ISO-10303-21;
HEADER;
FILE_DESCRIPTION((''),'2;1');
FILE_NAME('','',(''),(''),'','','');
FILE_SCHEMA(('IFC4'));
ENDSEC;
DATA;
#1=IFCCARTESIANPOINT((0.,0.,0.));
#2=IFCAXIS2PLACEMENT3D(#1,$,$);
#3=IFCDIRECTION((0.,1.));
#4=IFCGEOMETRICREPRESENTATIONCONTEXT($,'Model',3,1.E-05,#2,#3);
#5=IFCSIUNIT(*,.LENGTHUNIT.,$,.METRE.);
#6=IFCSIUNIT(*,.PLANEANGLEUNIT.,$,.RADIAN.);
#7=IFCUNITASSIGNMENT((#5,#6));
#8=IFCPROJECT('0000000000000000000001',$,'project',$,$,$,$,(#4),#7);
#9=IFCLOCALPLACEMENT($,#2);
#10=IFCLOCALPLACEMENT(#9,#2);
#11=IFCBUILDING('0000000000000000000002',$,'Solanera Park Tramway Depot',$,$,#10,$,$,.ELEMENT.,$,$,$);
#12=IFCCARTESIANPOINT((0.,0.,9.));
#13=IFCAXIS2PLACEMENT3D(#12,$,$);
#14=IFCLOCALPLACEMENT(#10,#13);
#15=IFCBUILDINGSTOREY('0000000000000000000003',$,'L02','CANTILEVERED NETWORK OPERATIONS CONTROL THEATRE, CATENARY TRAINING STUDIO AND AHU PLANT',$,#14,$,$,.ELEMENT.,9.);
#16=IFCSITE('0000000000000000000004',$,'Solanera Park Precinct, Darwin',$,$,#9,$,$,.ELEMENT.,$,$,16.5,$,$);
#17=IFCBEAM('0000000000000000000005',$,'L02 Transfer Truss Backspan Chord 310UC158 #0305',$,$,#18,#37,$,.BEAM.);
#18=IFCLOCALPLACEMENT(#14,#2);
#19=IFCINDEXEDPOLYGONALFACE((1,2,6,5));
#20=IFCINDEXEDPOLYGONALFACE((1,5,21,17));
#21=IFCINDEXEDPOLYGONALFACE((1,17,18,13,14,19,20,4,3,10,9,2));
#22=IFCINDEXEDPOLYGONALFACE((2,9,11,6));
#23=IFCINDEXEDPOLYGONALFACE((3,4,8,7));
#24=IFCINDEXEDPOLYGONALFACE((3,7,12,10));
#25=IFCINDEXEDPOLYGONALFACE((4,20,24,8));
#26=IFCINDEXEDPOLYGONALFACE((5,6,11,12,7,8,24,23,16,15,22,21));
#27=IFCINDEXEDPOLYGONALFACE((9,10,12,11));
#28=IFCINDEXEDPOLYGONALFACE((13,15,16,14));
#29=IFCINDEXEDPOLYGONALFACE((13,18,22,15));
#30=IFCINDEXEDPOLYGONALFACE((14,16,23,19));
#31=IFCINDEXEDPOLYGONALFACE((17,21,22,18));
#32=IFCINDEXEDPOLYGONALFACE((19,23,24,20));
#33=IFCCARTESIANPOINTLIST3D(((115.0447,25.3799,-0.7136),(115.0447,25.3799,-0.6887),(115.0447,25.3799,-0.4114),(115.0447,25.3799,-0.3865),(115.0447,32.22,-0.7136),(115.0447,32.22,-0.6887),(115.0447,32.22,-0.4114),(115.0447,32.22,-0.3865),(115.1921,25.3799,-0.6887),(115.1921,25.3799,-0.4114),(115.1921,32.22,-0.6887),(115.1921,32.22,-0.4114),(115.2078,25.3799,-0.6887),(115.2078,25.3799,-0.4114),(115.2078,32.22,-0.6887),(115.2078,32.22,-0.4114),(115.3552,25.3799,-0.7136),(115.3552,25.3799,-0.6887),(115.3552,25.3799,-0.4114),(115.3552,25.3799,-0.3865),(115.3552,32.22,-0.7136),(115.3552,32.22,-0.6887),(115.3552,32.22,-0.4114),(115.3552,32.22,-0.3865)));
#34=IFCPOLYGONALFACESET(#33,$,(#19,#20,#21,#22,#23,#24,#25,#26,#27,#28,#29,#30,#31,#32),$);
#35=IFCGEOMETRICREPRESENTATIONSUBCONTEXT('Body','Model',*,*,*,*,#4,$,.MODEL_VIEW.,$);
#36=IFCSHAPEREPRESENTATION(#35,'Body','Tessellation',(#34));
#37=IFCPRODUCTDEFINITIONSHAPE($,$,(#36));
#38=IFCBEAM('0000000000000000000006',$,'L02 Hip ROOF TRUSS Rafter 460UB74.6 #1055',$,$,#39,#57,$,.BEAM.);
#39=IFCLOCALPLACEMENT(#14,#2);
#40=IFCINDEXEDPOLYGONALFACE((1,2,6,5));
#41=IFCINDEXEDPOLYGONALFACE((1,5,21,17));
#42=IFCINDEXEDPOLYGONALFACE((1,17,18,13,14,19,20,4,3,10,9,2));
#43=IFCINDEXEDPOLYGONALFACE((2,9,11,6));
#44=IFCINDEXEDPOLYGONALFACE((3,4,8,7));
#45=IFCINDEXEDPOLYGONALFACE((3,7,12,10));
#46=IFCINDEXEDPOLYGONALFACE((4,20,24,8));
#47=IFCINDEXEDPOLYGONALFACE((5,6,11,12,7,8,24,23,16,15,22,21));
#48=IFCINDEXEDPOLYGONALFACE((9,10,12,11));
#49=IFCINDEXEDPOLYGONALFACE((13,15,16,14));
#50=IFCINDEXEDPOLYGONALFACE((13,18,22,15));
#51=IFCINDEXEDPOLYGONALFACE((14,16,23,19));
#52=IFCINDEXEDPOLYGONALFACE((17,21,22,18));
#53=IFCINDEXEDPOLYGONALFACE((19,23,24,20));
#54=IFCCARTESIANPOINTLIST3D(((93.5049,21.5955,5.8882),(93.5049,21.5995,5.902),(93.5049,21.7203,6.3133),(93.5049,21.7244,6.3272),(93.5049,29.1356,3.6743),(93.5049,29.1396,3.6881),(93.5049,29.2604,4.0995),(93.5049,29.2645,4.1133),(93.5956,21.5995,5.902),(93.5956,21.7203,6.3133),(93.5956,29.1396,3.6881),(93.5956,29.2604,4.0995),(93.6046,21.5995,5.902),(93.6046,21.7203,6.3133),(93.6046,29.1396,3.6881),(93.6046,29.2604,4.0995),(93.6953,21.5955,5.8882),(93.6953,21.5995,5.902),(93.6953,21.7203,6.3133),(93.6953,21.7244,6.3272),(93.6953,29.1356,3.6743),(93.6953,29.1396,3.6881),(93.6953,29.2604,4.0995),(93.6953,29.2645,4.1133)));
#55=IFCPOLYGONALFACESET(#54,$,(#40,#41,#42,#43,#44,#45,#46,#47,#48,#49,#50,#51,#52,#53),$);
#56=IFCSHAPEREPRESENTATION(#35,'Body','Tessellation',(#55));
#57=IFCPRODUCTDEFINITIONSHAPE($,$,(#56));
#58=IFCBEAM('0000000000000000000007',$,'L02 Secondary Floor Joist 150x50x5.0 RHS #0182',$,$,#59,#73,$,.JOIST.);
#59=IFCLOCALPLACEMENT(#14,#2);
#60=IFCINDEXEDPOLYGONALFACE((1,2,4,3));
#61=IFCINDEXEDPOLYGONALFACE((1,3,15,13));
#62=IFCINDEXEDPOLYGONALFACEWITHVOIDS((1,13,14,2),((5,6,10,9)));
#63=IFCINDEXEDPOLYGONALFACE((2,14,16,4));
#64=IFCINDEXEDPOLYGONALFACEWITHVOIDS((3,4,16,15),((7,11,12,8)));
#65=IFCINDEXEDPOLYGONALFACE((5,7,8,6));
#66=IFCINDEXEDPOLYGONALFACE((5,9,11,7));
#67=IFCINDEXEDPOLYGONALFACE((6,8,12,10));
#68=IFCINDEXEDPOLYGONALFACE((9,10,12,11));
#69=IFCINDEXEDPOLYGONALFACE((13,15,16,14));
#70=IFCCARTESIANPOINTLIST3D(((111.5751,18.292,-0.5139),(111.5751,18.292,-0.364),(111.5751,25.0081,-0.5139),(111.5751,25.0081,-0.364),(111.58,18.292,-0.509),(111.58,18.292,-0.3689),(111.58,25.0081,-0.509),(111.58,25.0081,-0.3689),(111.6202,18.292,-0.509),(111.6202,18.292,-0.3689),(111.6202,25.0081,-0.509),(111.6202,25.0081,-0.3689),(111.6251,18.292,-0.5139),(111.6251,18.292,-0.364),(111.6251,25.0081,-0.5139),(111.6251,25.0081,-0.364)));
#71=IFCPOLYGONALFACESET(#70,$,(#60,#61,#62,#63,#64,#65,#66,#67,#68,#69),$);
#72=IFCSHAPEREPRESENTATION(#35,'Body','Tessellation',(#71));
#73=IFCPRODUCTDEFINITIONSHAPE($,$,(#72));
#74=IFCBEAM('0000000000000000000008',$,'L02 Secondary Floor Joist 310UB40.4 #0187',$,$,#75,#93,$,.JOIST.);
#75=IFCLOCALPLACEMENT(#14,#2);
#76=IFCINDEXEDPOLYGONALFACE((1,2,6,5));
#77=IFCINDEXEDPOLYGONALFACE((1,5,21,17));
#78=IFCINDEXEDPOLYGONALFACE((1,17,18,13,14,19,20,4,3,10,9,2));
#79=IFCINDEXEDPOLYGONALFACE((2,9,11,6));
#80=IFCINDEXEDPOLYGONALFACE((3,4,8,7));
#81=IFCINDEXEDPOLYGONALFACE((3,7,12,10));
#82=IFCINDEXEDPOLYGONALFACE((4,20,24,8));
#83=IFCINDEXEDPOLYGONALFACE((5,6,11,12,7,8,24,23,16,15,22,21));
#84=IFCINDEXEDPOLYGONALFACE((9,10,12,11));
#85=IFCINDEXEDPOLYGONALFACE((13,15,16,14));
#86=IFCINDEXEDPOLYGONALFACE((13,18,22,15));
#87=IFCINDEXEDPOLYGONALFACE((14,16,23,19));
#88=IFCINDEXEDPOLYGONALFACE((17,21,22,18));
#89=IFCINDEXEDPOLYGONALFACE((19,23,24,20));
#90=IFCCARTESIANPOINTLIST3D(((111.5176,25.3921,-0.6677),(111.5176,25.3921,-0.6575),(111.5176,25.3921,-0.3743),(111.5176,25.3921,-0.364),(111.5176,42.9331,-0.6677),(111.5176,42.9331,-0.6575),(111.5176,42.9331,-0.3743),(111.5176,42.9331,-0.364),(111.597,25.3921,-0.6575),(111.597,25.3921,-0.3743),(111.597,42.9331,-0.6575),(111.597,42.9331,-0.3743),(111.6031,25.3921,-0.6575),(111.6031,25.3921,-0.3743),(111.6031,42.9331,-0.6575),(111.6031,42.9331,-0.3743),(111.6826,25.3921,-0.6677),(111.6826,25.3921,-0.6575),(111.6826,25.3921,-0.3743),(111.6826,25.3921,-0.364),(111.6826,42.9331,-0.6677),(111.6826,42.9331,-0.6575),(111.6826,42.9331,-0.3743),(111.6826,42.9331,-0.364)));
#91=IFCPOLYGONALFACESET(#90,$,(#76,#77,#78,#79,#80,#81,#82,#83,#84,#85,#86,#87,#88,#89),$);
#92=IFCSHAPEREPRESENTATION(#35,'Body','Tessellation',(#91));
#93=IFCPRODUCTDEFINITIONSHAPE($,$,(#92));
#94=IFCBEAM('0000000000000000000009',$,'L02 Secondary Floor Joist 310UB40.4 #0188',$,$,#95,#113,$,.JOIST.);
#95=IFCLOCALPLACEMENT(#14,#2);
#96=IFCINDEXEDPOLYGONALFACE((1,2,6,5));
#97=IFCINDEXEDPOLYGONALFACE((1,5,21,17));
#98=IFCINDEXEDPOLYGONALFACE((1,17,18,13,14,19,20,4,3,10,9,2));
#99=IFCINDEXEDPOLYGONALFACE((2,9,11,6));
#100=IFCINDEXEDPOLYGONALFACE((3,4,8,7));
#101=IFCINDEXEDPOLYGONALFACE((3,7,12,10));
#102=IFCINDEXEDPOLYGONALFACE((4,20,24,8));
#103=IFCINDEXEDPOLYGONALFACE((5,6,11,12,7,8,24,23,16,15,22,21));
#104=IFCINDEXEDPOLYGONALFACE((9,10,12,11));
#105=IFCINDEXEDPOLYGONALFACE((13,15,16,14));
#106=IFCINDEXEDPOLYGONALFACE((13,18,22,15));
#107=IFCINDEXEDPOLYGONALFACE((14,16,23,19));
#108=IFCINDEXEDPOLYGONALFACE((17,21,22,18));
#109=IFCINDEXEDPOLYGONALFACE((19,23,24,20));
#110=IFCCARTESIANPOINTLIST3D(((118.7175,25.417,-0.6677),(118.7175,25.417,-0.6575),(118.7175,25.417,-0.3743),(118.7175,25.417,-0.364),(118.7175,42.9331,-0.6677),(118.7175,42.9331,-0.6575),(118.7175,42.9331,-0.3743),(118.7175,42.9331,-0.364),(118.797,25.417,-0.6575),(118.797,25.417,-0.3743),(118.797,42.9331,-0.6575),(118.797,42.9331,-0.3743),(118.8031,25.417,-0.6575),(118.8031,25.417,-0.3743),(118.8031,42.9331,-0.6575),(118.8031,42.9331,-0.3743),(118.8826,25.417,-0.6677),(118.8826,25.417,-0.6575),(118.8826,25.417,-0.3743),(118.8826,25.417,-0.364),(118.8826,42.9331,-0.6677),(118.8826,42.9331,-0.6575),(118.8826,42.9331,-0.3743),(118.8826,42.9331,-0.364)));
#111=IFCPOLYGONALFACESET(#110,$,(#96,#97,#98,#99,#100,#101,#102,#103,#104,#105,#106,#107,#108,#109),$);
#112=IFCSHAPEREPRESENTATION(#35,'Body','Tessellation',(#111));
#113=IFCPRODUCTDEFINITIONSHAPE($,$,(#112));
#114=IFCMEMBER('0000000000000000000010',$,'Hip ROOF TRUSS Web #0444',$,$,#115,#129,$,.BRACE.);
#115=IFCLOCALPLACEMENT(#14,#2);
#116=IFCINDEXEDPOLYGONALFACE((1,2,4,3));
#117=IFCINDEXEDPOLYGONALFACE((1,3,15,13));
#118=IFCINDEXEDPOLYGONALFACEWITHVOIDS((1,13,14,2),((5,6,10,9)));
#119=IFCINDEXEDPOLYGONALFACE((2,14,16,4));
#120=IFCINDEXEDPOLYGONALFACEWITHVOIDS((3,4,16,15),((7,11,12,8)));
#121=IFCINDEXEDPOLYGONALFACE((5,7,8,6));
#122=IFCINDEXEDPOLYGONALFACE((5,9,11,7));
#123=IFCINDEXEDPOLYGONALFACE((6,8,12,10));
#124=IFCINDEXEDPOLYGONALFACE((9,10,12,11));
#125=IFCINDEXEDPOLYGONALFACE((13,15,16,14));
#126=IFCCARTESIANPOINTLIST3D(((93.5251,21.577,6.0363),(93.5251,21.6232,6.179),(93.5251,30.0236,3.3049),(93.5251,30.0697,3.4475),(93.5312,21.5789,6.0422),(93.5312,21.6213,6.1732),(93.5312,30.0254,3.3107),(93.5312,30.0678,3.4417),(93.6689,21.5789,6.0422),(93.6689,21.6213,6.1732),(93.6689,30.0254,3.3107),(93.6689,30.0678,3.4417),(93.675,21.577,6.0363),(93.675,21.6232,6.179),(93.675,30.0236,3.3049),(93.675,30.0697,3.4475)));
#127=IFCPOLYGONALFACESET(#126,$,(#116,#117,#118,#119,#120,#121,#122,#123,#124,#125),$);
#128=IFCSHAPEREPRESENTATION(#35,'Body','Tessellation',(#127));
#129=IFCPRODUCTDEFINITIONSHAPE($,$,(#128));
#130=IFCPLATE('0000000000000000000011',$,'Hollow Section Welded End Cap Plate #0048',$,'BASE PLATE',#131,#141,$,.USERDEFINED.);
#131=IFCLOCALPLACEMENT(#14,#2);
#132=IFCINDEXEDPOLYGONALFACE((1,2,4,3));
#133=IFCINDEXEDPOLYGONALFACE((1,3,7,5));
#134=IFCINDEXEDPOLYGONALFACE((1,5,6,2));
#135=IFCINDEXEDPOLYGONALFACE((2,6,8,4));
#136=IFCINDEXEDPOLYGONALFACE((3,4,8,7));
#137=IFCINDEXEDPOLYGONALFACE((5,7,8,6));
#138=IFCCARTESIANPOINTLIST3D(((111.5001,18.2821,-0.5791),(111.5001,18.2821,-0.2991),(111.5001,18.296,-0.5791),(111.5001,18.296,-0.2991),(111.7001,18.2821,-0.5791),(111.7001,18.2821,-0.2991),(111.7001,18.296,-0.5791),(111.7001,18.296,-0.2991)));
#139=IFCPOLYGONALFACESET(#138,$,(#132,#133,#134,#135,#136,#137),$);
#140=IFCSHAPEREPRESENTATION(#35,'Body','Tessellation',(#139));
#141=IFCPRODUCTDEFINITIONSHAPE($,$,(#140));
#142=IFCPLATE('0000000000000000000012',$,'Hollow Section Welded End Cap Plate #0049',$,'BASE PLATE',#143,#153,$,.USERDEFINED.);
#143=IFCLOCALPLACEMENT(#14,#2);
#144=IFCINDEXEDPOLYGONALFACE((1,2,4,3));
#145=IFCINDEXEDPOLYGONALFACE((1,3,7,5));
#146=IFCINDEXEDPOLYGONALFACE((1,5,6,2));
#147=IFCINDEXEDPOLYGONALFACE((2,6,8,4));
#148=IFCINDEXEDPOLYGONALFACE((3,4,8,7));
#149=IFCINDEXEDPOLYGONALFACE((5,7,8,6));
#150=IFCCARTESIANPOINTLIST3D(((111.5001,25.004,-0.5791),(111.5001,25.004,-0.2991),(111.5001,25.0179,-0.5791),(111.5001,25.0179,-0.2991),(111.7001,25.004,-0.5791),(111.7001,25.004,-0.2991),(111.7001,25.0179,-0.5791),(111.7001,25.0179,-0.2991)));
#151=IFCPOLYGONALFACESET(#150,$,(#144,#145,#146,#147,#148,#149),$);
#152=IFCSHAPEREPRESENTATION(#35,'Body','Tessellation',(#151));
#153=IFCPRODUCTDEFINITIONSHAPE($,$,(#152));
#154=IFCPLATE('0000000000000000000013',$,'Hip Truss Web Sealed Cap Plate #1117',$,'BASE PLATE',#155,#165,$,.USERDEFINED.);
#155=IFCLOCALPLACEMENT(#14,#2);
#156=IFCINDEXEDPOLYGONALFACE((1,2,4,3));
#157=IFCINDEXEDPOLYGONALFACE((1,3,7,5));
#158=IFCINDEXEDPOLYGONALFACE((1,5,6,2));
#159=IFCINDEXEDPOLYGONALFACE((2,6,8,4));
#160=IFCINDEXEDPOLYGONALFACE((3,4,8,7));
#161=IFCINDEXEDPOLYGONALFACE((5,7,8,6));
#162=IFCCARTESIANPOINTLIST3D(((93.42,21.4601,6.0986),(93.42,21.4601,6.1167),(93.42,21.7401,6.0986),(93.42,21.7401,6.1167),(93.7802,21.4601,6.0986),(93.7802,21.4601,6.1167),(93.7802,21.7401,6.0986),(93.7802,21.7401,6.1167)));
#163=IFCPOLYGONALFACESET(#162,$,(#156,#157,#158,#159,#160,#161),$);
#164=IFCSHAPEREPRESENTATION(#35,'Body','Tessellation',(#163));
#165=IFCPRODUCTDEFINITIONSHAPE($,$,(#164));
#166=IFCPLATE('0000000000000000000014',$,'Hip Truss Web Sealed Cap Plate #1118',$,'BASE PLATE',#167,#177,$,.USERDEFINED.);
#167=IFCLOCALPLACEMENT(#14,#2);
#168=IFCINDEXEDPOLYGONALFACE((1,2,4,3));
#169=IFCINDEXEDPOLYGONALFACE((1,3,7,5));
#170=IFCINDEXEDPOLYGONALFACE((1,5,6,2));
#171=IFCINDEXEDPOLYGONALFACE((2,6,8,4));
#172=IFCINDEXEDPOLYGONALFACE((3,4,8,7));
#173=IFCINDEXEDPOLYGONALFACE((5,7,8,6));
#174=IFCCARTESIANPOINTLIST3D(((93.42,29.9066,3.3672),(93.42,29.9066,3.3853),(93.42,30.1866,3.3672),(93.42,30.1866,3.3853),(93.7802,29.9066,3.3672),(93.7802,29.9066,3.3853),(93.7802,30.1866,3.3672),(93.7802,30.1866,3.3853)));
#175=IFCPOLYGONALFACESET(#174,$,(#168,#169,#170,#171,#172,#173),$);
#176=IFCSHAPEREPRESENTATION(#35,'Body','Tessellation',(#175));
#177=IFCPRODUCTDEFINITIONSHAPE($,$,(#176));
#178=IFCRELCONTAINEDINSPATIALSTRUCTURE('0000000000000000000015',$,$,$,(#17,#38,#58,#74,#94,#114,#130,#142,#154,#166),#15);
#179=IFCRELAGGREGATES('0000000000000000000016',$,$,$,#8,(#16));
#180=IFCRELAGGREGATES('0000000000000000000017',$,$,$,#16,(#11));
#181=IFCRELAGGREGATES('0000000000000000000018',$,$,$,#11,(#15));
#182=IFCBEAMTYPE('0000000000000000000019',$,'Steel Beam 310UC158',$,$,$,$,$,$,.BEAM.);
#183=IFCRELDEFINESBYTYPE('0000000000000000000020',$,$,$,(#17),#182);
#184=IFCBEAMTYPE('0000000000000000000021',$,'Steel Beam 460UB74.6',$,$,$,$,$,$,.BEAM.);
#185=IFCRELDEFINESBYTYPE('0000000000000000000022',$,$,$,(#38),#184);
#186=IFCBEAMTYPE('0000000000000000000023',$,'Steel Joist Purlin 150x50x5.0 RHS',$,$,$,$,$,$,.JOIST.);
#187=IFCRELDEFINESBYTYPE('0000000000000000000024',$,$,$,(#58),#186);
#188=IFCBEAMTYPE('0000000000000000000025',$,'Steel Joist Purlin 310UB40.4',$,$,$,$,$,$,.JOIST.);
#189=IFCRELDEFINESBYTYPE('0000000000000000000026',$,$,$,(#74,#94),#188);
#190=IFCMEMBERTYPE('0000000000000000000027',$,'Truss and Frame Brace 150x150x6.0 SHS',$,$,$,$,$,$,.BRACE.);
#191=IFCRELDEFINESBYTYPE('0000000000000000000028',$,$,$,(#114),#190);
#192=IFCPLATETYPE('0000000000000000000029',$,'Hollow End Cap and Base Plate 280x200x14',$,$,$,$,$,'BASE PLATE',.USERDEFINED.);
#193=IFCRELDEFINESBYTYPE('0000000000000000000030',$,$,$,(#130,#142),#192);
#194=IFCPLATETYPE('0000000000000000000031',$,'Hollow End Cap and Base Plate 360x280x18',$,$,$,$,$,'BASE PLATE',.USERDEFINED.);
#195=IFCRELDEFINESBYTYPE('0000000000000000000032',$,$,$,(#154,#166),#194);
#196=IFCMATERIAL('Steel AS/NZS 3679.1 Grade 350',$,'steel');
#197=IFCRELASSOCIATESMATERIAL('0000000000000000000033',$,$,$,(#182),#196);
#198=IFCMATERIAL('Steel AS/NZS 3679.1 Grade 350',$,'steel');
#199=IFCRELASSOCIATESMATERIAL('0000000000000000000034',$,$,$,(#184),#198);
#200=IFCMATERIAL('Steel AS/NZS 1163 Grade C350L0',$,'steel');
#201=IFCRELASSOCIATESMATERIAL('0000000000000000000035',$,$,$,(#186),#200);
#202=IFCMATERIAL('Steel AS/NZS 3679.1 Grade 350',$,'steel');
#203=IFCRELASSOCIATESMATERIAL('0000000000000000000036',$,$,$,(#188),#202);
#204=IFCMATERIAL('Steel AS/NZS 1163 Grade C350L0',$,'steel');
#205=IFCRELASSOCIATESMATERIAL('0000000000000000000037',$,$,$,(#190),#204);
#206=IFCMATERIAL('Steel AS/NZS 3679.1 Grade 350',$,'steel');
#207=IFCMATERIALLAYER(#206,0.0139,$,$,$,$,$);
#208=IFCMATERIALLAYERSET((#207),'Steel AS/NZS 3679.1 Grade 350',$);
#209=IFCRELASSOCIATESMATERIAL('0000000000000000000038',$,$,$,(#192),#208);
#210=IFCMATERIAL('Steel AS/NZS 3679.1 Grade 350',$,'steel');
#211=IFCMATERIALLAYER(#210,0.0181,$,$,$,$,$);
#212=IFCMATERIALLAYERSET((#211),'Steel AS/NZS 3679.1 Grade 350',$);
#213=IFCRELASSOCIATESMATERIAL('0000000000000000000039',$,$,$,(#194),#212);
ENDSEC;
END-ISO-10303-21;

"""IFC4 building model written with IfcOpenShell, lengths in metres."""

from ifc_helpers import new_model, si_unit, direction, frame, origin, origin_2d, place, context, subcontext, project, spatial, rectangle, hollow_rectangle, i_section, extrude, material, layer, layer_set, material_profile, profile_set, type_object, element, save


model = new_model("IFC4")

# Units and contexts
model_context = context("Model", 3, precision=1e-05, world=origin(), true_north=direction((0.0, 1.0)))
body_context = subcontext(model_context, "Body", "Model", "MODEL_VIEW")
ifc_project = project(units=[si_unit("LENGTHUNIT", "METRE"), si_unit("PLANEANGLEUNIT", "RADIAN")], contexts=[model_context])

# Site, building, storey
site_placement = place(None, origin())
site = spatial("IfcSite", under=ifc_project, at=site_placement, Name="Solanera Park Precinct, Darwin", CompositionType="ELEMENT", RefElevation=16.5)
building_placement = place(site_placement, origin())
building = spatial("IfcBuilding", under=site, at=building_placement, Name="Solanera Park Tramway Depot", CompositionType="ELEMENT")
storey_placement = place(building_placement, frame((0.0, 0.0, 9.0)))
storey = spatial("IfcBuildingStorey", under=building, at=storey_placement, Name="L02", Description="CANTILEVERED NETWORK OPERATIONS CONTROL THEATRE, CATENARY TRAINING STUDIO AND AHU PLANT", CompositionType="ELEMENT", Elevation=9.0)

# Beams
ifc_material_1 = material(Name="Steel AS/NZS 3679.1 Grade 350", Category="steel")
ifc_material_profile_1 = material_profile(ifc_material_1, i_section(OverallWidth=0.3105, OverallDepth=0.3271, WebThickness=0.0156, FlangeThickness=0.0249, at=origin_2d()), Name="310UC158")
ifc_profile_set_1 = profile_set([ifc_material_profile_1], Name="Steel AS/NZS 3679.1 Grade 350")
beam_type_1 = type_object("IfcBeamType", Name="Steel Beam 310UC158", PredefinedType="BEAM", material=ifc_profile_set_1)
beam_1_placement = place(storey_placement, frame((115.2, 25.3799, -0.55), z_axis=(0.0, 1.0, 0.0), x_axis=(-1.0, 0.0, 0.0)))
element("IfcBeam", 1, at=beam_1_placement, inside=storey, type_object=beam_type_1, Name="L02 Transfer Truss Backspan Chord 310UC158 #0305", PredefinedType="BEAM", context=body_context, shape_type="SweptSolid", body=[
    extrude(i_section(OverallWidth=0.3105, OverallDepth=0.3271, WebThickness=0.0156, FlangeThickness=0.0249, at=origin_2d()), origin(), (0.0, 0.0, 1.0), 6.8401),
])
ifc_material_2 = material(Name="Steel AS/NZS 3679.1 Grade 350", Category="steel")
ifc_material_profile_2 = material_profile(ifc_material_2, i_section(OverallWidth=0.1904, OverallDepth=0.4575, WebThickness=0.009, FlangeThickness=0.0144, at=origin_2d()), Name="460UB74.6")
ifc_profile_set_2 = profile_set([ifc_material_profile_2], Name="Steel AS/NZS 3679.1 Grade 350")
beam_type_2 = type_object("IfcBeamType", Name="Steel Beam 460UB74.6", PredefinedType="BEAM", material=ifc_profile_set_2)
beam_2_placement = place(storey_placement, frame((93.6001, 21.6599, 6.1077), z_axis=(0.0, 0.959496, -0.281722), x_axis=(-1.0, 0.0, 0.0)))
element("IfcBeam", 2, at=beam_2_placement, inside=storey, type_object=beam_type_2, Name="L02 Hip ROOF TRUSS Rafter 460UB74.6 #1055", PredefinedType="BEAM", context=body_context, shape_type="SweptSolid", body=[
    extrude(i_section(OverallWidth=0.1904, OverallDepth=0.4575, WebThickness=0.009, FlangeThickness=0.0144, at=origin_2d()), origin(), (0.0, 0.0, 1.0), 7.8584),
])
ifc_material_3 = material(Name="Steel AS/NZS 1163 Grade C350L0", Category="steel")
ifc_material_profile_3 = material_profile(ifc_material_3, hollow_rectangle(XDim=0.05, YDim=0.1499, WallThickness=0.0049, at=origin_2d()), Name="150x50x5.0 RHS")
ifc_profile_set_3 = profile_set([ifc_material_profile_3], Name="Steel AS/NZS 1163 Grade C350L0")
beam_type_3 = type_object("IfcBeamType", Name="Steel Joist Purlin 150x50x5.0 RHS", PredefinedType="JOIST", material=ifc_profile_set_3)
beam_3_placement = place(storey_placement, frame((111.6001, 18.292, -0.439), z_axis=(0.0, 1.0, 0.0), x_axis=(-1.0, 0.0, 0.0)))
element("IfcBeam", 3, at=beam_3_placement, inside=storey, type_object=beam_type_3, Name="L02 Secondary Floor Joist 150x50x5.0 RHS #0182", PredefinedType="JOIST", context=body_context, shape_type="SweptSolid", body=[
    extrude(hollow_rectangle(XDim=0.05, YDim=0.1499, WallThickness=0.0049, at=origin_2d()), origin(), (0.0, 0.0, 1.0), 6.7161),
])
ifc_material_4 = material(Name="Steel AS/NZS 3679.1 Grade 350", Category="steel")
ifc_material_profile_4 = material_profile(ifc_material_4, i_section(OverallWidth=0.165, OverallDepth=0.3037, WebThickness=0.0061, FlangeThickness=0.0103, at=origin_2d()), Name="310UB40.4")
ifc_profile_set_4 = profile_set([ifc_material_profile_4], Name="Steel AS/NZS 3679.1 Grade 350")
beam_type_4 = type_object("IfcBeamType", Name="Steel Joist Purlin 310UB40.4", PredefinedType="JOIST", material=ifc_profile_set_4)
beam_4_placement = place(storey_placement, frame((111.6001, 25.3921, -0.5159), z_axis=(0.0, 1.0, 0.0), x_axis=(-1.0, 0.0, 0.0)))
element("IfcBeam", 4, at=beam_4_placement, inside=storey, type_object=beam_type_4, Name="L02 Secondary Floor Joist 310UB40.4 #0187", PredefinedType="JOIST", context=body_context, shape_type="SweptSolid", body=[
    extrude(i_section(OverallWidth=0.165, OverallDepth=0.3037, WebThickness=0.0061, FlangeThickness=0.0103, at=origin_2d()), origin(), (0.0, 0.0, 1.0), 17.541),
])
beam_5_placement = place(storey_placement, frame((118.8, 25.417, -0.5159), z_axis=(0.0, 1.0, 0.0), x_axis=(-1.0, 0.0, 0.0)))
element("IfcBeam", 5, at=beam_5_placement, inside=storey, type_object=beam_type_4, Name="L02 Secondary Floor Joist 310UB40.4 #0188", PredefinedType="JOIST", context=body_context, shape_type="SweptSolid", body=[
    extrude(i_section(OverallWidth=0.165, OverallDepth=0.3037, WebThickness=0.0061, FlangeThickness=0.0103, at=origin_2d()), origin(), (0.0, 0.0, 1.0), 17.5161),
])

# Member
ifc_material_5 = material(Name="Steel AS/NZS 1163 Grade C350L0", Category="steel")
ifc_material_profile_5 = material_profile(ifc_material_5, hollow_rectangle(XDim=0.1499, YDim=0.1499, WallThickness=0.0061, at=origin_2d()), Name="150x150x6.0 SHS")
ifc_profile_set_5 = profile_set([ifc_material_profile_5], Name="Steel AS/NZS 1163 Grade C350L0")
member_type_1 = type_object("IfcMemberType", Name="Truss and Frame Brace 150x150x6.0 SHS", PredefinedType="BRACE", material=ifc_profile_set_5)
member_1_placement = place(storey_placement, frame((93.6001, 30.0466, 3.3762), z_axis=(0.0, -0.951486, 0.307692), x_axis=(1.0, 0.0, 0.0)))
element("IfcMember", 6, at=member_1_placement, inside=storey, type_object=member_type_1, Name="Hip ROOF TRUSS Web #0444", PredefinedType="BRACE", context=body_context, shape_type="SweptSolid", body=[
    extrude(hollow_rectangle(XDim=0.1499, YDim=0.1499, WallThickness=0.0061, at=origin_2d()), origin(), (0.0, 0.0, 1.0), 8.8772),
])

# Plates
ifc_material_6 = material(Name="Steel AS/NZS 3679.1 Grade 350", Category="steel")
ifc_layer_1 = layer(ifc_material_6, 0.0139)
ifc_layer_set_1 = layer_set([ifc_layer_1], Name="Steel AS/NZS 3679.1 Grade 350")
plate_type_1 = type_object("IfcPlateType", Name="Hollow End Cap and Base Plate 280x200x14", ElementType="BASE PLATE", PredefinedType="USERDEFINED", material=ifc_layer_set_1)
for number, where, z_axis, x_axis, name in (
    (7, (111.6001, 18.2891, -0.5791), (0.0, 0.0, 1.0), (0.0, 1.0, 0.0), "Hollow Section Welded End Cap Plate #0048"),
    (8, (111.6001, 25.011, -0.5791), (0.0, 0.0, 1.0), (0.0, 1.0, 0.0), "Hollow Section Welded End Cap Plate #0049"),
):
    element("IfcPlate", number, at=place(storey_placement, frame(where, z_axis=z_axis, x_axis=x_axis)), inside=storey, type_object=plate_type_1, Name=name, ObjectType="BASE PLATE", PredefinedType="USERDEFINED", context=body_context, shape_type="SweptSolid", body=[
        extrude(rectangle(XDim=0.0139, YDim=0.2, at=origin_2d()), origin(), (0.0, 0.0, 1.0), 0.28),
    ])
ifc_material_7 = material(Name="Steel AS/NZS 3679.1 Grade 350", Category="steel")
ifc_layer_2 = layer(ifc_material_7, 0.0181)
ifc_layer_set_2 = layer_set([ifc_layer_2], Name="Steel AS/NZS 3679.1 Grade 350")
plate_type_2 = type_object("IfcPlateType", Name="Hollow End Cap and Base Plate 360x280x18", ElementType="BASE PLATE", PredefinedType="USERDEFINED", material=ifc_layer_set_2)
for number, where, z_axis, x_axis, name in (
    (9, (93.6001, 21.6001, 6.0986), (0.0, 0.0, 1.0), (1.0, 0.0, 0.0), "Hip Truss Web Sealed Cap Plate #1117"),
    (10, (93.6001, 30.0466, 3.3672), (0.0, 0.0, 1.0), (1.0, 0.0, 0.0), "Hip Truss Web Sealed Cap Plate #1118"),
):
    element("IfcPlate", number, at=place(storey_placement, frame(where, z_axis=z_axis, x_axis=x_axis)), inside=storey, type_object=plate_type_2, Name=name, ObjectType="BASE PLATE", PredefinedType="USERDEFINED", context=body_context, shape_type="SweptSolid", body=[
        extrude(rectangle(XDim=0.3601, YDim=0.28, at=origin_2d()), origin(), (0.0, 0.0, 1.0), 0.0181),
    ])

save(model, "model.ifc")
